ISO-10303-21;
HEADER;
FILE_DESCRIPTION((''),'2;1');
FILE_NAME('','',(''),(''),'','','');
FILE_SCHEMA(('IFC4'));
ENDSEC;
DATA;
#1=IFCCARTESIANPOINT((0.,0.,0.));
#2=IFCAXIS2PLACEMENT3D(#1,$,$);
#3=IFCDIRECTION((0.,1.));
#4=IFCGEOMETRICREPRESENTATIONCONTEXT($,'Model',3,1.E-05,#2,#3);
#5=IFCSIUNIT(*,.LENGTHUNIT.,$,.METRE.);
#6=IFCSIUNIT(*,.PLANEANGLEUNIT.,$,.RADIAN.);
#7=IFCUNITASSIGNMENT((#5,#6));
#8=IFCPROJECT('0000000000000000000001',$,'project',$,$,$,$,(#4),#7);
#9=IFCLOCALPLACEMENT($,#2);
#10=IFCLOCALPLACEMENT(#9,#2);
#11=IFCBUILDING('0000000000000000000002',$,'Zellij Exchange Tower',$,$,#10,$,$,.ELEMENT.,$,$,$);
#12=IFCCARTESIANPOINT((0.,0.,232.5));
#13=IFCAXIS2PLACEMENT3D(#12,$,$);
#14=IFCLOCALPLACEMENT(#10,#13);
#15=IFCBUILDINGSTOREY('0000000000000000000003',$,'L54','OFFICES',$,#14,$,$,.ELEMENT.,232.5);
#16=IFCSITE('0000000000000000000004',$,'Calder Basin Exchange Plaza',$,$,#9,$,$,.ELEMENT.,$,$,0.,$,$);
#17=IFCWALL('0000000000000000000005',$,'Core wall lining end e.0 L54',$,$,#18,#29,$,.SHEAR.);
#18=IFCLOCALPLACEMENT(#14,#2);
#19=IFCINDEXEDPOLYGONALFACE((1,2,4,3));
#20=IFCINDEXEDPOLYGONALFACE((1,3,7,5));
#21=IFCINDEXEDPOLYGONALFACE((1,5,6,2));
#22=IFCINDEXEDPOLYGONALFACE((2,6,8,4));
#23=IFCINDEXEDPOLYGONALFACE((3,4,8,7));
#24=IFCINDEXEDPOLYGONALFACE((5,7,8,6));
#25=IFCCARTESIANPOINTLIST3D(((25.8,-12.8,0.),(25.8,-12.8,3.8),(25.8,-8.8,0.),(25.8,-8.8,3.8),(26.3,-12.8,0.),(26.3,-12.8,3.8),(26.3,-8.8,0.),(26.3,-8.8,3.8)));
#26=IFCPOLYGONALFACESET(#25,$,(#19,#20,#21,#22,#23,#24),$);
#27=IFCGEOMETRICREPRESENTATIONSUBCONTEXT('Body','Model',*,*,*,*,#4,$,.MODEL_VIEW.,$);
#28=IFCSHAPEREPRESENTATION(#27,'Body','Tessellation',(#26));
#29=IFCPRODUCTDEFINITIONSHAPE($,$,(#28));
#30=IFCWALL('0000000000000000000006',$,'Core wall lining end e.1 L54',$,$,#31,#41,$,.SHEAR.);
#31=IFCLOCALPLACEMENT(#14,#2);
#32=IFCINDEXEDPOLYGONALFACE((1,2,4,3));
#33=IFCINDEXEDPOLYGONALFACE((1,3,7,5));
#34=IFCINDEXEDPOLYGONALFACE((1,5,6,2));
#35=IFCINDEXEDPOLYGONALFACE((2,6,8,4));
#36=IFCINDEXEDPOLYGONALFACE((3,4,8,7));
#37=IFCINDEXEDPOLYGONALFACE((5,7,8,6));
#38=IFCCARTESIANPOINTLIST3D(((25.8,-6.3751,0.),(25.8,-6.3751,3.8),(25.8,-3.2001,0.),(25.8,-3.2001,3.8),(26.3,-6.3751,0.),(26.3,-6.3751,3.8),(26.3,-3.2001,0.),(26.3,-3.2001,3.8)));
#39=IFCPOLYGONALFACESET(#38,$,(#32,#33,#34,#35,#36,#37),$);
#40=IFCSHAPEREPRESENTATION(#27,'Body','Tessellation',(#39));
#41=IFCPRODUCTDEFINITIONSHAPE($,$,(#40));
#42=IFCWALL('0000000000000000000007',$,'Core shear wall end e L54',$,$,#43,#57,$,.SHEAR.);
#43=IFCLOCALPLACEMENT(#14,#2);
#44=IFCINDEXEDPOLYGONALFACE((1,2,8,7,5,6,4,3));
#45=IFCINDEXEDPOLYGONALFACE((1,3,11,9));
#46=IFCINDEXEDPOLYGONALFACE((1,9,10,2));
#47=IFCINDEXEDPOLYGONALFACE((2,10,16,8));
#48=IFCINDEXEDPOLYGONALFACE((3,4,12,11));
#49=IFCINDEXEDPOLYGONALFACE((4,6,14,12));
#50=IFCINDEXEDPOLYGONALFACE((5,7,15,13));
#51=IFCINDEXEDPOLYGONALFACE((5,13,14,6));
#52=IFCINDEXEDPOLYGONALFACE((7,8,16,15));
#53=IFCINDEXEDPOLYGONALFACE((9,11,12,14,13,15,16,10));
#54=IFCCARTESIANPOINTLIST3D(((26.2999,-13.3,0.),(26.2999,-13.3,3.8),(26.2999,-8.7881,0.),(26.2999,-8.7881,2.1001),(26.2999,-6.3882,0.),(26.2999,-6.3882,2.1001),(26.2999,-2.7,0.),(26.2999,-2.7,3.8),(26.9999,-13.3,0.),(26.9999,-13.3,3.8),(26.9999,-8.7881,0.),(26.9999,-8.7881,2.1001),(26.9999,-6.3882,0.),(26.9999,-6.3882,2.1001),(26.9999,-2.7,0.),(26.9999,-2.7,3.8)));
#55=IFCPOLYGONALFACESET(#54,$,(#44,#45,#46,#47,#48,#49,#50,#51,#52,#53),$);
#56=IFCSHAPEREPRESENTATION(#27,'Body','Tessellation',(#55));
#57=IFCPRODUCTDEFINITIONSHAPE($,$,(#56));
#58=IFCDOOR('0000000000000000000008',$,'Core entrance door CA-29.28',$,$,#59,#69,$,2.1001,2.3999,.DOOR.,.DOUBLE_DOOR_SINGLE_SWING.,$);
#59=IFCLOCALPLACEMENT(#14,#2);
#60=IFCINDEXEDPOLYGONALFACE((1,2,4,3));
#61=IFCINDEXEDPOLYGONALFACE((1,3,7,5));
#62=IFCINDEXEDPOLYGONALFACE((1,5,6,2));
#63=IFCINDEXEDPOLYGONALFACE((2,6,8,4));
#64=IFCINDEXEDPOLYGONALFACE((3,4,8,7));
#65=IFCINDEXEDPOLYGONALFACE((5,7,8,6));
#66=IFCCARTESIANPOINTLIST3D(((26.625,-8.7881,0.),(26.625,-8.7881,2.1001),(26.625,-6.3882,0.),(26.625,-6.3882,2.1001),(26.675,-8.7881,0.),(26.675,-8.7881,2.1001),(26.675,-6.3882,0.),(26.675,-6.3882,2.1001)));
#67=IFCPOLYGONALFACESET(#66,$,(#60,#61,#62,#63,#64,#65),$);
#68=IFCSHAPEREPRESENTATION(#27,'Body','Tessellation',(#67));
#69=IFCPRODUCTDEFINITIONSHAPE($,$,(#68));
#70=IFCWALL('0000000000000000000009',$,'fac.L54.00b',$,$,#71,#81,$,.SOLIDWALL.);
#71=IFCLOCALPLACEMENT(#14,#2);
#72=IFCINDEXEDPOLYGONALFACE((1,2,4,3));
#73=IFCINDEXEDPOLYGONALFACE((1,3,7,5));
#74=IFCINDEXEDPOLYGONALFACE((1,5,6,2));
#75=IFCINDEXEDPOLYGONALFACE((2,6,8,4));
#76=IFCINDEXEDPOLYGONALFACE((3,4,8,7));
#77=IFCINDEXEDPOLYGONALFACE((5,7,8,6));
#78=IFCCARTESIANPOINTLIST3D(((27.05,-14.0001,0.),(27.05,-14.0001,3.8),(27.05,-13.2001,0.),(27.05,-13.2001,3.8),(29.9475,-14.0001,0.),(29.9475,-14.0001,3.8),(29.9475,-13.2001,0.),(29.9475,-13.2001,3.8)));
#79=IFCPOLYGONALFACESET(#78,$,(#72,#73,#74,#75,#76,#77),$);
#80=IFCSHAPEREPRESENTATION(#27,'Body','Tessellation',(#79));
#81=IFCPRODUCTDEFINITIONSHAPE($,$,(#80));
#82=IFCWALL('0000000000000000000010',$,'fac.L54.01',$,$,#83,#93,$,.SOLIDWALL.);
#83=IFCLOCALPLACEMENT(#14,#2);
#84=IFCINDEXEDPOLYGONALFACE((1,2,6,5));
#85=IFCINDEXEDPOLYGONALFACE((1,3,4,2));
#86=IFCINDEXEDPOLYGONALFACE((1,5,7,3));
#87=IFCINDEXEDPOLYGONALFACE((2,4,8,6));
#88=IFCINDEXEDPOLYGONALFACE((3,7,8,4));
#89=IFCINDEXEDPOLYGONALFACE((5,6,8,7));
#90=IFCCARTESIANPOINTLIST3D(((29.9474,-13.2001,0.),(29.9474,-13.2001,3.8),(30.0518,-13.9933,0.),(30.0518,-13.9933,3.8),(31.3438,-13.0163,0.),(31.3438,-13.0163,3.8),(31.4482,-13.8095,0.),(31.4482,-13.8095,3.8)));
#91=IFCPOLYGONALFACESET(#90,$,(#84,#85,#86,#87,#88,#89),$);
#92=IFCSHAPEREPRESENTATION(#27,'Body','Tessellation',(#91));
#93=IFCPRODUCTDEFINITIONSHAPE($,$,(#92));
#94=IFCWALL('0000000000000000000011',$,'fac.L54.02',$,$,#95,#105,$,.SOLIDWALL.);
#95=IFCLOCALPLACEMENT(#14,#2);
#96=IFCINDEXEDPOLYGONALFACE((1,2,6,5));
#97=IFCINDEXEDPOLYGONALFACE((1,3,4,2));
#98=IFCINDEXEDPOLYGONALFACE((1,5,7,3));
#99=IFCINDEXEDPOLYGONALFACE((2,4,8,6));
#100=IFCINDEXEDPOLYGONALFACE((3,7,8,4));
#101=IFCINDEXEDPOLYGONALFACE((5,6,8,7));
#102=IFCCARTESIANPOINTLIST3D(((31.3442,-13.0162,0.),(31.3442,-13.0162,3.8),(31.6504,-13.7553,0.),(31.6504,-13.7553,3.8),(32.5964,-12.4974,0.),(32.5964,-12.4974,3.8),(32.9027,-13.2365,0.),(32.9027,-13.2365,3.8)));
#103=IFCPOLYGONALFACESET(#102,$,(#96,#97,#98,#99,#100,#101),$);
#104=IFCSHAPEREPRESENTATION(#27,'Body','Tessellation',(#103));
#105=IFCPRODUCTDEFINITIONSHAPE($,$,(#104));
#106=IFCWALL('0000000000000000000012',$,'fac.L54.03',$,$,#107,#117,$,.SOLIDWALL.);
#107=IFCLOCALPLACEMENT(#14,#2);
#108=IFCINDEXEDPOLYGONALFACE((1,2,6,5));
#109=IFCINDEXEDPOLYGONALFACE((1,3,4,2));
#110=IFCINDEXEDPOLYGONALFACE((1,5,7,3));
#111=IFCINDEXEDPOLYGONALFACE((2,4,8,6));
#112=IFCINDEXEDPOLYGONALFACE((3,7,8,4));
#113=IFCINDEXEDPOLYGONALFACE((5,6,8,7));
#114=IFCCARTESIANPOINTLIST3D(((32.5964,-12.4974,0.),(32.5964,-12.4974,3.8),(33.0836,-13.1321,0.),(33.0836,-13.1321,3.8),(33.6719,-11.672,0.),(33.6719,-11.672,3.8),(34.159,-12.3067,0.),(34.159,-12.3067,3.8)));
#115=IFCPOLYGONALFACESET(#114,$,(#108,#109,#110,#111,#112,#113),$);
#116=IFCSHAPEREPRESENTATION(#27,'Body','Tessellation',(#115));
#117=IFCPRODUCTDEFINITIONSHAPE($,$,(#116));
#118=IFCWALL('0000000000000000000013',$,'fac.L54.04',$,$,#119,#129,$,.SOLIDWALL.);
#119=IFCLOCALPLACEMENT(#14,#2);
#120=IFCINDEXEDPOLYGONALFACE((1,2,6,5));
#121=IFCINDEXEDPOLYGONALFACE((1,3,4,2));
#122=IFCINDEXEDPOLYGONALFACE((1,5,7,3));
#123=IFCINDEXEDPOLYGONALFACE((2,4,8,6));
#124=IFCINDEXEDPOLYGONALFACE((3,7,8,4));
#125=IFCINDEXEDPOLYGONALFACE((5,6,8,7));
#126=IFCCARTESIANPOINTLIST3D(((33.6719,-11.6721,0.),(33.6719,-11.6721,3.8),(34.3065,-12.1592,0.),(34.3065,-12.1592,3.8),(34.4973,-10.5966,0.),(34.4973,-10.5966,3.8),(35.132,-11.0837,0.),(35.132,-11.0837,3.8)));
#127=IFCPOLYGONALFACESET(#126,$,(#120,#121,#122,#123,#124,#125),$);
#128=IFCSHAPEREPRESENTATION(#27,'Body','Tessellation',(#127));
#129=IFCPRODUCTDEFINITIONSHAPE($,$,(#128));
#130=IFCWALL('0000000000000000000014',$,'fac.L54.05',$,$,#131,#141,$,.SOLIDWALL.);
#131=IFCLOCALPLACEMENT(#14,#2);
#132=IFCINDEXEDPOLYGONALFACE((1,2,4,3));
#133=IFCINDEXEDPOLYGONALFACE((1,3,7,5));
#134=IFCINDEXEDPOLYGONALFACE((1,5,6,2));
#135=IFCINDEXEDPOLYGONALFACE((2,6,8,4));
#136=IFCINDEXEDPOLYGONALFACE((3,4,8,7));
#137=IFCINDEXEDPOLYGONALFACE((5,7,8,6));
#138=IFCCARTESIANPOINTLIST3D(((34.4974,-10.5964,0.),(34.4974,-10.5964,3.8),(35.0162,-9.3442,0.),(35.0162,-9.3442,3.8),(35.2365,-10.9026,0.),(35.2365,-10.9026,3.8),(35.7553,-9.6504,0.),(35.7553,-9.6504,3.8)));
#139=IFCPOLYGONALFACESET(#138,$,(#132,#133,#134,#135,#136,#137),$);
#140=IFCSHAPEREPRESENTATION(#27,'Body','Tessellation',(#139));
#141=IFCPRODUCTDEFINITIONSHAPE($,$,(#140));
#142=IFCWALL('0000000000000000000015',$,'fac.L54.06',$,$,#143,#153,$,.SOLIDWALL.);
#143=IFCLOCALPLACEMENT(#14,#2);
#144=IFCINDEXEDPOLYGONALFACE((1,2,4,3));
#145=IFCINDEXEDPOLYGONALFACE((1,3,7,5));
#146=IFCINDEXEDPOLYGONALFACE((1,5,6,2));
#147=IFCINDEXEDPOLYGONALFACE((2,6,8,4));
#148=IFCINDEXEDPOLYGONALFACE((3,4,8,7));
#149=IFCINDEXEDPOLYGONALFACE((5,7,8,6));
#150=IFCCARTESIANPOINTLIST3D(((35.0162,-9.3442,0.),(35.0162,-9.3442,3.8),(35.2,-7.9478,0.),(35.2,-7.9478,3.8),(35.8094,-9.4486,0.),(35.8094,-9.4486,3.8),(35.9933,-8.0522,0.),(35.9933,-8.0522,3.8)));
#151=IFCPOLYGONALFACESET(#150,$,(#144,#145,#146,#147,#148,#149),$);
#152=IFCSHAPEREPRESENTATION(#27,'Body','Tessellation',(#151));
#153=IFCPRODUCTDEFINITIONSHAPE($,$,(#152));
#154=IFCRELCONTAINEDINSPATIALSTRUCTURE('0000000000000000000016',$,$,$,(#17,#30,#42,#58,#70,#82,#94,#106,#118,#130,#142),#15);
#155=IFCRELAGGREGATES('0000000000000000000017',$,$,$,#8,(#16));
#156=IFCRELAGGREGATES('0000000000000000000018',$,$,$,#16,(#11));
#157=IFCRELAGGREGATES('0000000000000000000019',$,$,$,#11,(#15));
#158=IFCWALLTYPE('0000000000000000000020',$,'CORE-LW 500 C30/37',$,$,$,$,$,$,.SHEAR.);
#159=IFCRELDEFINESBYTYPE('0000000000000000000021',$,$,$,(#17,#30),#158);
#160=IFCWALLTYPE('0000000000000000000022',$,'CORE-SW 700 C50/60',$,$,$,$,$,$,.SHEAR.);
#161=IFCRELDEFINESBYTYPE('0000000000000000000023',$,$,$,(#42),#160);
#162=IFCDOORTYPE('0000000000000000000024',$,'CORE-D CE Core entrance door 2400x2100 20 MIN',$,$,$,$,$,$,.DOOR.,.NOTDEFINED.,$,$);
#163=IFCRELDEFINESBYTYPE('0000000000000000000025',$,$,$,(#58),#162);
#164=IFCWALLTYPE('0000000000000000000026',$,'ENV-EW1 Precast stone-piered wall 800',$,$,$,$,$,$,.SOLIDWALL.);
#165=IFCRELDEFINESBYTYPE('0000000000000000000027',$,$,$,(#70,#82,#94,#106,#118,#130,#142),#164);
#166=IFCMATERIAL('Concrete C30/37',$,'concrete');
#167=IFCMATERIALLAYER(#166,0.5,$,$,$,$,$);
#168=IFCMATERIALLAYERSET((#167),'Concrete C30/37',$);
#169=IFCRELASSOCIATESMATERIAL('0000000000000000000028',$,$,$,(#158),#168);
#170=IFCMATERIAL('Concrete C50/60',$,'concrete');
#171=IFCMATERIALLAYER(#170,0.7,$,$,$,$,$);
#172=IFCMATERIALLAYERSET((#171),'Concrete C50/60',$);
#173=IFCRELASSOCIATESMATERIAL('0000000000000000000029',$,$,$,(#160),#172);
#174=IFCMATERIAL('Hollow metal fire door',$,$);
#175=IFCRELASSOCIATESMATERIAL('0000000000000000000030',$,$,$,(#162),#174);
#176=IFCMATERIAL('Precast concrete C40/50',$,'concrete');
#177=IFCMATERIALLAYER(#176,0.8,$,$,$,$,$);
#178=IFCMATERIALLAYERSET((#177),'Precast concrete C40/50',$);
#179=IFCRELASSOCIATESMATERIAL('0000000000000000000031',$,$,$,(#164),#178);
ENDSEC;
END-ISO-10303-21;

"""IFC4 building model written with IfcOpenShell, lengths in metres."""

from ifc_helpers import new_model, si_unit, direction, frame, frame_2d, origin, place, context, subcontext, project, spatial, rectangle, extrude, material, layer, layer_set, type_object, element, fill, save


model = new_model("IFC4")

# Units and contexts
model_context = context("Model", 3, precision=1e-05, world=origin(), true_north=direction((0.0, 1.0)))
body_context = subcontext(model_context, "Body", "Model", "MODEL_VIEW")
ifc_project = project(units=[si_unit("LENGTHUNIT", "METRE"), si_unit("PLANEANGLEUNIT", "RADIAN")], contexts=[model_context])

# Site, building, storey
site_placement = place(None, origin())
site = spatial("IfcSite", under=ifc_project, at=site_placement, Name="Calder Basin Exchange Plaza", CompositionType="ELEMENT", RefElevation=0.0)
building_placement = place(site_placement, origin())
building = spatial("IfcBuilding", under=site, at=building_placement, Name="Zellij Exchange Tower", CompositionType="ELEMENT")
storey_placement = place(building_placement, frame((0.0, 0.0, 232.5)))
storey = spatial("IfcBuildingStorey", under=building, at=storey_placement, Name="L54", Description="OFFICES", CompositionType="ELEMENT", Elevation=232.5)

# Shared definitions
ifc_material_1 = material(Name="Concrete C50/60", Category="concrete")

# Walls
ifc_material_2 = material(Name="Concrete C30/37", Category="concrete")
ifc_layer_1 = layer(ifc_material_2, 0.5)
ifc_layer_set_1 = layer_set([ifc_layer_1], Name="Concrete C30/37")
wall_type_1 = type_object("IfcWallType", Name="CORE-LW 500 C30/37", PredefinedType="SHEAR", material=ifc_layer_set_1)
wall_1_placement = place(storey_placement, frame((26.05, -12.8, 0.0), z_axis=(0.0, 0.0, 1.0), x_axis=(0.0, 1.0, 0.0)))
element("IfcWall", 1, at=wall_1_placement, inside=storey, type_object=wall_type_1, Name="Core wall lining end e.0 L54", PredefinedType="SHEAR", context=body_context, shape_type="SweptSolid", body=[
    extrude(rectangle(XDim=4.0, YDim=0.5, at=frame_2d((2.0, 0.0))), origin(), (0.0, 0.0, 1.0), 3.8),
])
wall_2_placement = place(storey_placement, frame((26.05, -6.375, 0.0), z_axis=(0.0, 0.0, 1.0), x_axis=(0.0, 1.0, 0.0)))
element("IfcWall", 2, at=wall_2_placement, inside=storey, type_object=wall_type_1, Name="Core wall lining end e.1 L54", PredefinedType="SHEAR", context=body_context, shape_type="SweptSolid", body=[
    extrude(rectangle(XDim=3.175, YDim=0.5, at=frame_2d((1.5874, 0.0))), origin(), (0.0, 0.0, 1.0), 3.8),
])

# Wall, opening, door
ifc_layer_2 = layer(ifc_material_1, 0.7)
ifc_layer_set_2 = layer_set([ifc_layer_2], Name="Concrete C50/60")
wall_type_2 = type_object("IfcWallType", Name="CORE-SW 700 C50/60", PredefinedType="SHEAR", material=ifc_layer_set_2)
wall_3_placement = place(storey_placement, frame((26.6499, -13.3, 0.0), z_axis=(0.0, 0.0, 1.0), x_axis=(0.0, 1.0, 0.0)))
wall_3 = element("IfcWall", 3, at=wall_3_placement, inside=storey, type_object=wall_type_2, Name="Core shear wall end e L54", PredefinedType="SHEAR", context=body_context, shape_type="SweptSolid", body=[
    extrude(rectangle(XDim=10.6001, YDim=0.7, at=frame_2d((5.3, 0.0))), origin(), (0.0, 0.0, 1.0), 3.8),
])
opening_1_placement = place(wall_3_placement, frame((4.512, 0.0, 0.0)))
opening_1 = element("IfcOpeningElement", 4, at=opening_1_placement, cuts=wall_3, PredefinedType="OPENING", context=body_context, shape_type="SweptSolid", body=[
    extrude(rectangle(XDim=2.3999, YDim=2.1001, at=frame_2d((1.2, 1.05))), frame((0.0, 0.3618, 0.0), z_axis=(0.0, -1.0, 0.0), x_axis=(1.0, 0.0, 0.0)), (0.0, 0.0, 1.0), 0.7239),
])
ifc_material_3 = material(Name="Hollow metal fire door")
door_type_1 = type_object("IfcDoorType", Name="CORE-D CE Core entrance door 2400x2100 20 MIN", OperationType="NOTDEFINED", PredefinedType="DOOR", material=ifc_material_3)
door_1_placement = place(opening_1_placement, origin())
door_1 = element("IfcDoor", 5, at=door_1_placement, inside=storey, type_object=door_type_1, Name="Core entrance door CA-29.28", OperationType="DOUBLE_DOOR_SINGLE_SWING", OverallHeight=2.1001, OverallWidth=2.3999, PredefinedType="DOOR", context=body_context, shape_type="SweptSolid", body=[
    extrude(rectangle(XDim=2.3999, YDim=2.1001, at=frame_2d((1.2, 1.05))), frame((0.0, 0.0249, 0.0), z_axis=(0.0, -1.0, 0.0), x_axis=(1.0, 0.0, 0.0)), (0.0, 0.0, 1.0), 0.05),
])
fill(opening_1, door_1)

# Walls
ifc_material_4 = material(Name="Precast concrete C40/50", Category="concrete")
ifc_layer_3 = layer(ifc_material_4, 0.8)
ifc_layer_set_3 = layer_set([ifc_layer_3], Name="Precast concrete C40/50")
wall_type_3 = type_object("IfcWallType", Name="ENV-EW1 Precast stone-piered wall 800", PredefinedType="SOLIDWALL", material=ifc_layer_set_3)
wall_4_placement = place(storey_placement, frame((27.05, -13.6001, 0.0), z_axis=(0.0, 0.0, 1.0), x_axis=(1.0, 0.0, 0.0)))
element("IfcWall", 6, at=wall_4_placement, inside=storey, type_object=wall_type_3, Name="fac.L54.00b", PredefinedType="SOLIDWALL", context=body_context, shape_type="SweptSolid", body=[
    extrude(rectangle(XDim=2.8975, YDim=0.8, at=frame_2d((1.4487, 0.0))), origin(), (0.0, 0.0, 1.0), 3.8),
])
wall_5_placement = place(storey_placement, frame((29.9998, -13.5967, 0.0), z_axis=(0.0, 0.0, 1.0), x_axis=(0.991446, 0.130517, 0.0)))
element("IfcWall", 7, at=wall_5_placement, inside=storey, type_object=wall_type_3, Name="fac.L54.01", PredefinedType="SOLIDWALL", context=body_context, shape_type="SweptSolid", body=[
    extrude(rectangle(XDim=1.4084, YDim=0.8, at=frame_2d((0.7041, 0.0))), origin(), (0.0, 0.0, 1.0), 3.8),
])
wall_6_placement = place(storey_placement, frame((31.4973, -13.3857, 0.0), z_axis=(0.0, 0.0, 1.0), x_axis=(0.923848, 0.38276, 0.0)))
element("IfcWall", 8, at=wall_6_placement, inside=storey, type_object=wall_type_3, Name="fac.L54.02", PredefinedType="SOLIDWALL", context=body_context, shape_type="SweptSolid", body=[
    extrude(rectangle(XDim=1.3555, YDim=0.8, at=frame_2d((0.6777, 0.0))), origin(), (0.0, 0.0, 1.0), 3.8),
])
for number, where, z_axis, x_axis, name in (
    (9, (32.8401, -12.8147, 0.0), (0.0, 0.0, 1.0), (0.793273, 0.608866, 0.0), "fac.L54.03"),
    (10, (33.9893, -11.9155, 0.0), (0.0, 0.0, 1.0), (0.608866, 0.793273, 0.0), "fac.L54.04"),
):
    element("IfcWall", number, at=place(storey_placement, frame(where, z_axis=z_axis, x_axis=x_axis)), inside=storey, type_object=wall_type_3, Name=name, PredefinedType="SOLIDWALL", context=body_context, shape_type="SweptSolid", body=[
        extrude(rectangle(XDim=1.3557, YDim=0.8, at=frame_2d((0.6777, 0.0))), origin(), (0.0, 0.0, 1.0), 3.8),
    ])
wall_7_placement = place(storey_placement, frame((34.8669, -10.7495, 0.0), z_axis=(0.0, 0.0, 1.0), x_axis=(0.38276, 0.923848, 0.0)))
element("IfcWall", 11, at=wall_7_placement, inside=storey, type_object=wall_type_3, Name="fac.L54.05", PredefinedType="SOLIDWALL", context=body_context, shape_type="SweptSolid", body=[
    extrude(rectangle(XDim=1.3555, YDim=0.8, at=frame_2d((0.6777, 0.0))), origin(), (0.0, 0.0, 1.0), 3.8),
])
wall_8_placement = place(storey_placement, frame((35.4128, -9.3962, 0.0), z_axis=(0.0, 0.0, 1.0), x_axis=(0.130517, 0.991446, 0.0)))
element("IfcWall", 12, at=wall_8_placement, inside=storey, type_object=wall_type_3, Name="fac.L54.06", PredefinedType="SOLIDWALL", context=body_context, shape_type="SweptSolid", body=[
    extrude(rectangle(XDim=1.4084, YDim=0.8, at=frame_2d((0.7041, 0.0))), origin(), (0.0, 0.0, 1.0), 3.8),
])

save(model, "model.ifc")
